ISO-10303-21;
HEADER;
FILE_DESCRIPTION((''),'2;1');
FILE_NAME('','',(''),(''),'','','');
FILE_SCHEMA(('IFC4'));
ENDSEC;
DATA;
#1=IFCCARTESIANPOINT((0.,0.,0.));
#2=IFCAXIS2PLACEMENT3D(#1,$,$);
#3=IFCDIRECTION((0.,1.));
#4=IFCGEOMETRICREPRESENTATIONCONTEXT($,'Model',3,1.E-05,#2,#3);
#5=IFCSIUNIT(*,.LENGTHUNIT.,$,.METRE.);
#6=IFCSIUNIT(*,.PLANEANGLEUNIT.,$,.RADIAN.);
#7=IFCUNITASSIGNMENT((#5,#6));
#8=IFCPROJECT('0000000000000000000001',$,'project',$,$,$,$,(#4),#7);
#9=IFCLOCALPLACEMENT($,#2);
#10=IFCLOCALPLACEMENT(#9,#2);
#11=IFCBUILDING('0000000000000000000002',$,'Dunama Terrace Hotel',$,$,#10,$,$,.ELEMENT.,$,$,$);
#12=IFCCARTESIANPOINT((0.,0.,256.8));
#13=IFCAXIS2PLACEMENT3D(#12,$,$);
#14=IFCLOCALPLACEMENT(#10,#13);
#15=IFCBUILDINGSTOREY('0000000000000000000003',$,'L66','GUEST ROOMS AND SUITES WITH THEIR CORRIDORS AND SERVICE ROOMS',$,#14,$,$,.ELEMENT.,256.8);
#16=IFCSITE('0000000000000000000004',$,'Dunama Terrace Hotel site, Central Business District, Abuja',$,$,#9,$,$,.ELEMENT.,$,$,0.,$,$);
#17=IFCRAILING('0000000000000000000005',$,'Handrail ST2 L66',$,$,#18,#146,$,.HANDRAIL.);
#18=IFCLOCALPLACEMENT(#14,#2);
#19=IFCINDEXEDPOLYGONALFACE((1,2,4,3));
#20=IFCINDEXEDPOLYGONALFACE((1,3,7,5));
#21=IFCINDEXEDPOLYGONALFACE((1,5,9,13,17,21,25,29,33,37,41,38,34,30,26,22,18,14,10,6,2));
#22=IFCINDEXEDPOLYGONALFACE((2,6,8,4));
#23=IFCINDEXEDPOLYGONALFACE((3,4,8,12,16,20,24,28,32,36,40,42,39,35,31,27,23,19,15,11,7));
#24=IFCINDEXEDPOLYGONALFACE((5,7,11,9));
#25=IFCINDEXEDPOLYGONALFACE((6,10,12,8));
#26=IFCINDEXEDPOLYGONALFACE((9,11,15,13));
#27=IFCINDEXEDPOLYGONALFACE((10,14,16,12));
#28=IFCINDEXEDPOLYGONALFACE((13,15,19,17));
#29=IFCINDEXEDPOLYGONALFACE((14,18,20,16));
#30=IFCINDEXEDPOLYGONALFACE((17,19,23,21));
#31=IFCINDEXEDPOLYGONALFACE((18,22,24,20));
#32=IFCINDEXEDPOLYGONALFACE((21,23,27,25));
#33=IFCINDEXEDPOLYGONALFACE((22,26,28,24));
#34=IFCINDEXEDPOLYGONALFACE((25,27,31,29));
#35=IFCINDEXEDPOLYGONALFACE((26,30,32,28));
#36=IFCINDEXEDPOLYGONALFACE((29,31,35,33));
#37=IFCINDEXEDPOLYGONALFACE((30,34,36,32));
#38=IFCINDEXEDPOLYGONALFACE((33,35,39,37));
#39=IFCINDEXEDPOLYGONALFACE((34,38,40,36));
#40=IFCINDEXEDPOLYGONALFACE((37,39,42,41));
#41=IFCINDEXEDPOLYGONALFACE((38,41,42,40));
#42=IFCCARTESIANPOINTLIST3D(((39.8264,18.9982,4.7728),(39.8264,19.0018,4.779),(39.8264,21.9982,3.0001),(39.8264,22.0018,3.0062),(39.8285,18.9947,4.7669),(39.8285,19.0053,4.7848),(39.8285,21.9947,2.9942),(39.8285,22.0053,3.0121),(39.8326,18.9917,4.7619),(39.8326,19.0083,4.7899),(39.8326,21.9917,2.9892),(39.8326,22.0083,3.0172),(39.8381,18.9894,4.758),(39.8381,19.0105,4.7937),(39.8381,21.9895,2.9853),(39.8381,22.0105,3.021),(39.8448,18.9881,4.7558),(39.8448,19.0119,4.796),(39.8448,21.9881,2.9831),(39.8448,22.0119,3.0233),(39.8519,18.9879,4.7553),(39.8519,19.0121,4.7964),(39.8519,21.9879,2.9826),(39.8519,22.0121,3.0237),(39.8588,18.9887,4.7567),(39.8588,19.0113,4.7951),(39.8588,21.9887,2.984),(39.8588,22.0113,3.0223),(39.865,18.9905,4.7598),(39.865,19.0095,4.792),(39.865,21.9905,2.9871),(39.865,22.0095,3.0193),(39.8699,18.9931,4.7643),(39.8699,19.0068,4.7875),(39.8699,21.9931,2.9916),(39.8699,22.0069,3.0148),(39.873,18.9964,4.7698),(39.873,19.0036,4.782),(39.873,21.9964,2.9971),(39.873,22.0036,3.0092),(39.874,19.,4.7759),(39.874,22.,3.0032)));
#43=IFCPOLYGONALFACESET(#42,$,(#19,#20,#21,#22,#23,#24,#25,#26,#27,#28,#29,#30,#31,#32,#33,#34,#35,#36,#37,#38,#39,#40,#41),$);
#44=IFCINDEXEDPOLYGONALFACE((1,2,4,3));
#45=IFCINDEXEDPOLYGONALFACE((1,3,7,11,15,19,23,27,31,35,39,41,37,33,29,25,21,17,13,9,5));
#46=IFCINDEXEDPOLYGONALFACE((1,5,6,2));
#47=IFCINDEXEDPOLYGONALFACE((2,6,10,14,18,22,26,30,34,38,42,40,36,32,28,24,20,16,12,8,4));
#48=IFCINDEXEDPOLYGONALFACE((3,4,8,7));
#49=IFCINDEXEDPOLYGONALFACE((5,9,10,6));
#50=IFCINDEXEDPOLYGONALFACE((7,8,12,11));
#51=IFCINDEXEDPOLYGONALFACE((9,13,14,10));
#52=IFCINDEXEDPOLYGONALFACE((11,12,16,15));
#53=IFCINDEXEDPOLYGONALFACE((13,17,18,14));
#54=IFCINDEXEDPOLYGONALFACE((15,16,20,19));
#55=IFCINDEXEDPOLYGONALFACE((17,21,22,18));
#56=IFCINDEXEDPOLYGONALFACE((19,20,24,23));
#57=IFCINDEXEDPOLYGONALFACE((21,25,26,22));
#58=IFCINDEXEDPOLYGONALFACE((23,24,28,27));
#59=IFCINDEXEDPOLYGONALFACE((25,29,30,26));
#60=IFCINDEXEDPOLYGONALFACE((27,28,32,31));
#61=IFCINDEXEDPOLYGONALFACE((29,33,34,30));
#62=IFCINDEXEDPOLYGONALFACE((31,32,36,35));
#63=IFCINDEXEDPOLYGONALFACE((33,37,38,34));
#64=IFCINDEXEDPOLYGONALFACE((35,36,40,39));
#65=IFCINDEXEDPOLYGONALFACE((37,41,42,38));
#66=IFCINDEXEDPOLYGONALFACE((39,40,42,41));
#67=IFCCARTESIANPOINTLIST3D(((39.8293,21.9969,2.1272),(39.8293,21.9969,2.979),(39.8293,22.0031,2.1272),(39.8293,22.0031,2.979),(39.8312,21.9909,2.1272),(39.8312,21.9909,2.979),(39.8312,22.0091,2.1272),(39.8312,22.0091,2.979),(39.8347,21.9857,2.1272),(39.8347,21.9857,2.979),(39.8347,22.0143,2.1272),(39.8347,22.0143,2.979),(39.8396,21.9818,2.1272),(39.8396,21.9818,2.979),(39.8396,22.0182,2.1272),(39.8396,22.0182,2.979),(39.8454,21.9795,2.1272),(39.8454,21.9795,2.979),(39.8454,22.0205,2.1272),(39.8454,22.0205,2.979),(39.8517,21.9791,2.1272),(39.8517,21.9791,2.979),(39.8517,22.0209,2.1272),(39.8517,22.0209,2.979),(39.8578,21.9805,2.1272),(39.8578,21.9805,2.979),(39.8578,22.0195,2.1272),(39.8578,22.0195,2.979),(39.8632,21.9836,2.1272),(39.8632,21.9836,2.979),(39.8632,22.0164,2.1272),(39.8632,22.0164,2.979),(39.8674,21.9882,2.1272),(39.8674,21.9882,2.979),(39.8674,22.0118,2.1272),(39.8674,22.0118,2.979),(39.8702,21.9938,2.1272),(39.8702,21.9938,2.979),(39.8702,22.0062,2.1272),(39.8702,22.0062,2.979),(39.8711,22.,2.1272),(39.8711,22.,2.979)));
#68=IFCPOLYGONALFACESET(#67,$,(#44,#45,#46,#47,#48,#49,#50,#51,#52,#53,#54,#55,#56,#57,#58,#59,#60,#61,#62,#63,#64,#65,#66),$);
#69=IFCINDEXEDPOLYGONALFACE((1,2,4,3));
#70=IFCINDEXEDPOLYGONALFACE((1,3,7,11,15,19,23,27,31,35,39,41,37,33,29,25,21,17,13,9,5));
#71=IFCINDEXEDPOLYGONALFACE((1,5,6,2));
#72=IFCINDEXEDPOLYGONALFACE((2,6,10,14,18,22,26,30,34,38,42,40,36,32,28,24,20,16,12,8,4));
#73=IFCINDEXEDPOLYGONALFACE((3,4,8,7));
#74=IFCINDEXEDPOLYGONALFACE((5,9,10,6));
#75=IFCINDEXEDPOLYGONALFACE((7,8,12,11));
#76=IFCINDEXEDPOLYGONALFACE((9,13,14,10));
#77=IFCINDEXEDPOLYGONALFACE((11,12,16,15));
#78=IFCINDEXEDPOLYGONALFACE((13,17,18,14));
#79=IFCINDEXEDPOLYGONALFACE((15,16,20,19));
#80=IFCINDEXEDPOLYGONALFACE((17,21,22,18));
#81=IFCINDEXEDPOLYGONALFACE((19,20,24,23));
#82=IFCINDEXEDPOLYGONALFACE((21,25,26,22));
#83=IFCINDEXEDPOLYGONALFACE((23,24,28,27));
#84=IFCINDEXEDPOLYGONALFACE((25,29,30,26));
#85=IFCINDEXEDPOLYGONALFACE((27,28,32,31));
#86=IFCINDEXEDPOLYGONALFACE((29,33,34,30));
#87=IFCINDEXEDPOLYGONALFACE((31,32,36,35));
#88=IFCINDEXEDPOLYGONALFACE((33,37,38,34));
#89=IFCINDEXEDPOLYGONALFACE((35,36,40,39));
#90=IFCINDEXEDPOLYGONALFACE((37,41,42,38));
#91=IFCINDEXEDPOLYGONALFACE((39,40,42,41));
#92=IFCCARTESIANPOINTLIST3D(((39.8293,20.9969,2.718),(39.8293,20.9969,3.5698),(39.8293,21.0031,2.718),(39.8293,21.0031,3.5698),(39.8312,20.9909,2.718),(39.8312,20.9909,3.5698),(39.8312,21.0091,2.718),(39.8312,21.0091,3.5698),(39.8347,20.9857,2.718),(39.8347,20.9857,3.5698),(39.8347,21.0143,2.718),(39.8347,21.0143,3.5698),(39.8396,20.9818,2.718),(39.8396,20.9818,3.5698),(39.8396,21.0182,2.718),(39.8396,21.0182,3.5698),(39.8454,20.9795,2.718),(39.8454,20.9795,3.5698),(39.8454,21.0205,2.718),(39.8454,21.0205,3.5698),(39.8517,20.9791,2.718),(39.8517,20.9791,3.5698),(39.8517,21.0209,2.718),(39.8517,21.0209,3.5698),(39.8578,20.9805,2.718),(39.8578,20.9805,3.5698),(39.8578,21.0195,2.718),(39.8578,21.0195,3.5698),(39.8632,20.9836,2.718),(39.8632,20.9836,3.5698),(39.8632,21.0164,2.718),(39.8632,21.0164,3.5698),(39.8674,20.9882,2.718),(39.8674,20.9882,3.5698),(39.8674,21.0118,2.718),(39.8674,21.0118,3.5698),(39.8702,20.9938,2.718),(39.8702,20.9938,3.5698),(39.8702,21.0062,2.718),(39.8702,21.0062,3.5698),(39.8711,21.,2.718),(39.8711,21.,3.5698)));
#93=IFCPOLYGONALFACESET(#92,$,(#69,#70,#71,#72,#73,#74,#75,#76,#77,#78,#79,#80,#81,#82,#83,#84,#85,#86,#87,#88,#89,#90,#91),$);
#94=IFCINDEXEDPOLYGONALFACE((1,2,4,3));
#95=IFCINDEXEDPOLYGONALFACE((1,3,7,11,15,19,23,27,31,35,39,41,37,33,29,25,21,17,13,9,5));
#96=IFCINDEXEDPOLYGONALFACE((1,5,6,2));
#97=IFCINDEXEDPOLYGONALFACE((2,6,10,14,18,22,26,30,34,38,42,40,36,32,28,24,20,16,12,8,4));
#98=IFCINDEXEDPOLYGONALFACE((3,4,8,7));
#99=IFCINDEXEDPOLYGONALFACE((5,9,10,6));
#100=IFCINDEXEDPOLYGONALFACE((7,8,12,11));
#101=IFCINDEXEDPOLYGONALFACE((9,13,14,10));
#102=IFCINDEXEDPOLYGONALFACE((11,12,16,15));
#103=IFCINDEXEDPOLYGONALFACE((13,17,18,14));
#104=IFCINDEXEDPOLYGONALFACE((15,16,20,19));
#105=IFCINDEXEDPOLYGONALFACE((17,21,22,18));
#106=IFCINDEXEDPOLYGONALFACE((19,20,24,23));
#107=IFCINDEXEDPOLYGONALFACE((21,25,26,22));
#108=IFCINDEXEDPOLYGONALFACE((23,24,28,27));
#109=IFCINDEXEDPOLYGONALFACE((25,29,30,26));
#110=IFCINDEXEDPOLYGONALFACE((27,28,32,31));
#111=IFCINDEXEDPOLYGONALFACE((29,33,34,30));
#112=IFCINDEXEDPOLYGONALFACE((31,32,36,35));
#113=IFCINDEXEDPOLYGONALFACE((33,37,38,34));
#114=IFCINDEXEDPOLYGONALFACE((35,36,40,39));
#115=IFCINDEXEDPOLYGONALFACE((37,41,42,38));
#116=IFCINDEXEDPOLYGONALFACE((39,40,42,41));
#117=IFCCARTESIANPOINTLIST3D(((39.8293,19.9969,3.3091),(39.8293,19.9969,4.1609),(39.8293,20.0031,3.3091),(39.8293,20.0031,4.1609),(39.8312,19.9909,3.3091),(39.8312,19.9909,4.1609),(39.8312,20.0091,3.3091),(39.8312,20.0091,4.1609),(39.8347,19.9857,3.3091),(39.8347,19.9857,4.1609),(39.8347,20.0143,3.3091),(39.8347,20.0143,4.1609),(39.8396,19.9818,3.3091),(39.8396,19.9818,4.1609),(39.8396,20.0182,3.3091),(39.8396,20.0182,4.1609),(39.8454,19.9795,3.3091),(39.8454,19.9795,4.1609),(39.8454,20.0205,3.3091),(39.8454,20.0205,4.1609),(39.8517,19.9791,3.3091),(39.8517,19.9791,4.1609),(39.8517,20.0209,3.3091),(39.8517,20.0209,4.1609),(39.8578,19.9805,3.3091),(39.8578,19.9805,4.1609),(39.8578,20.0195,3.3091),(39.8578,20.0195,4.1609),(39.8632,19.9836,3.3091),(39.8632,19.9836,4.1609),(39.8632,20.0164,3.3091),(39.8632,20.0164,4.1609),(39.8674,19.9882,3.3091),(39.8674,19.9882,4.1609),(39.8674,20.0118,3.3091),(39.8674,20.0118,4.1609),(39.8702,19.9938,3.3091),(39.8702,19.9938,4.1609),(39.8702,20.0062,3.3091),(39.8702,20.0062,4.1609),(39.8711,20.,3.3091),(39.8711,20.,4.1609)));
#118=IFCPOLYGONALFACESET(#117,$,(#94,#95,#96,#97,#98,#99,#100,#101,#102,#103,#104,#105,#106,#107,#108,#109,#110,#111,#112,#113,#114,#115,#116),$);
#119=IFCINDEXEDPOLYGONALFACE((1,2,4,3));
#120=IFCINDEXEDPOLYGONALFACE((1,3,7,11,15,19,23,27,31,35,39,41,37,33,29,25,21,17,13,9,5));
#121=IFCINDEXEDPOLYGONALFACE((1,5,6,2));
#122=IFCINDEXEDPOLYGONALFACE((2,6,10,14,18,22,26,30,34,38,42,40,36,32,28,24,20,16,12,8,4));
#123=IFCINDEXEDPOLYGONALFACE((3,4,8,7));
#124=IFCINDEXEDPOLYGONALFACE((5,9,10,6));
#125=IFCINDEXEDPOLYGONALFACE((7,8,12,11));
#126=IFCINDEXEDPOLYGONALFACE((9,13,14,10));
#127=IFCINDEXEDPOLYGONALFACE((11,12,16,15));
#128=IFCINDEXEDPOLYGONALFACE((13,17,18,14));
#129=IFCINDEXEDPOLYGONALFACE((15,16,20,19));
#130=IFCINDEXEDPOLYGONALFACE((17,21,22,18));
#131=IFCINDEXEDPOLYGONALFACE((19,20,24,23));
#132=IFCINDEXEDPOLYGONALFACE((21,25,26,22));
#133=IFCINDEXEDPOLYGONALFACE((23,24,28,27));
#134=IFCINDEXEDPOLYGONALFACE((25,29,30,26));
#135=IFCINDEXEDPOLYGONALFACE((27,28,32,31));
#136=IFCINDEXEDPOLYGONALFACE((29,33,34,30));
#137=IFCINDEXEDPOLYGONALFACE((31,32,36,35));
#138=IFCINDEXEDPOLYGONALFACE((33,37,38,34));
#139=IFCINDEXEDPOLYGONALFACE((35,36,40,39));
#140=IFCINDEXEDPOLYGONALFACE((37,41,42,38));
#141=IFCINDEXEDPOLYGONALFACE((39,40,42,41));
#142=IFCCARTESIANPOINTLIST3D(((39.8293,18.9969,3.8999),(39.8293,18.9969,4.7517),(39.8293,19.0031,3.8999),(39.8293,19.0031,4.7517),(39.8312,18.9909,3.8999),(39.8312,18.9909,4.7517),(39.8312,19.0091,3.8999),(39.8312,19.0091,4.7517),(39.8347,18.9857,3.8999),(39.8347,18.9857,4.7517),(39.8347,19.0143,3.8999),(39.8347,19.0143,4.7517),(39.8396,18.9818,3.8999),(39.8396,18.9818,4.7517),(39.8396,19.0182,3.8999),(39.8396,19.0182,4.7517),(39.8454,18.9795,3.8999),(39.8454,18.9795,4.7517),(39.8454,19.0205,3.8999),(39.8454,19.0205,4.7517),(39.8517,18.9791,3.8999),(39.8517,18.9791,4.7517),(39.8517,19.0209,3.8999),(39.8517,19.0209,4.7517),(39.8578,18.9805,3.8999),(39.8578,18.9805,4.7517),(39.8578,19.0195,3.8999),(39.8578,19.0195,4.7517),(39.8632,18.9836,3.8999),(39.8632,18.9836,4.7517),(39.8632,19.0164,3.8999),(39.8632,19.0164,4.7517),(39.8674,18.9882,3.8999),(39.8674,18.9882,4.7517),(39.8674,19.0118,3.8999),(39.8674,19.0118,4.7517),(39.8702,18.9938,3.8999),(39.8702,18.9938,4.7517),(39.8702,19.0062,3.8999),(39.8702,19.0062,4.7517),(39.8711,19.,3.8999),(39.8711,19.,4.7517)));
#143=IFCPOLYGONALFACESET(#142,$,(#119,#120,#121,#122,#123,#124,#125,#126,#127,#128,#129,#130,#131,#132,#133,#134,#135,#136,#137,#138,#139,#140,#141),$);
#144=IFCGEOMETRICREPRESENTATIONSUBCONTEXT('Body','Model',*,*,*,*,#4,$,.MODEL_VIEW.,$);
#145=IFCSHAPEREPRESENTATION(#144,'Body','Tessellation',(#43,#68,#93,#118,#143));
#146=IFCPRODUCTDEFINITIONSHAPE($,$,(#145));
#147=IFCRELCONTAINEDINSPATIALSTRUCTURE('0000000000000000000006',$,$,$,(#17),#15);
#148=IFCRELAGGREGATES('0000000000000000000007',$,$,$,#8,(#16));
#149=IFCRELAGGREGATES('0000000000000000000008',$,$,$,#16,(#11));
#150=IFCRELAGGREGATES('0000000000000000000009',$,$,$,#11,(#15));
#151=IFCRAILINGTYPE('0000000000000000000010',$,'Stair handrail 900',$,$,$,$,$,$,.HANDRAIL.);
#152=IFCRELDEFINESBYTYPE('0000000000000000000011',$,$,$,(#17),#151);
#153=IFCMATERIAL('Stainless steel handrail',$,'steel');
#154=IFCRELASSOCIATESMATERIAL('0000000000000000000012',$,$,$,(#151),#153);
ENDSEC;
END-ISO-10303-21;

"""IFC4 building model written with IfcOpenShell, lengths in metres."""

from ifc_helpers import new_model, si_unit, direction, frame, origin, origin_2d, place, context, subcontext, project, spatial, circle, extrude, material, type_object, element, save


model = new_model("IFC4")

# Units and contexts
model_context = context("Model", 3, precision=1e-05, world=origin(), true_north=direction((0.0, 1.0)))
body_context = subcontext(model_context, "Body", "Model", "MODEL_VIEW")
ifc_project = project(units=[si_unit("LENGTHUNIT", "METRE"), si_unit("PLANEANGLEUNIT", "RADIAN")], contexts=[model_context])

# Site, building, storey
site_placement = place(None, origin())
site = spatial("IfcSite", under=ifc_project, at=site_placement, Name="Dunama Terrace Hotel site, Central Business District, Abuja", CompositionType="ELEMENT", RefElevation=0.0)
building_placement = place(site_placement, origin())
building = spatial("IfcBuilding", under=site, at=building_placement, Name="Dunama Terrace Hotel", CompositionType="ELEMENT")
storey_placement = place(building_placement, frame((0.0, 0.0, 256.8)))
storey = spatial("IfcBuildingStorey", under=building, at=storey_placement, Name="L66", Description="GUEST ROOMS AND SUITES WITH THEIR CORRIDORS AND SERVICE ROOMS", CompositionType="ELEMENT", Elevation=256.8)

# Railing
ifc_material_1 = material(Name="Stainless steel handrail", Category="steel")
railing_type_1 = type_object("IfcRailingType", Name="Stair handrail 900", PredefinedType="HANDRAIL", material=ifc_material_1)
railing_1_placement = place(storey_placement, frame((39.8501, 22.0, 2.1272)))
element("IfcRailing", 1, at=railing_1_placement, inside=storey, type_object=railing_type_1, Name="Handrail ST2 L66", PredefinedType="HANDRAIL", context=body_context, shape_type="SweptSolid", body=[
    extrude(circle(Radius=0.0239, at=origin_2d()), frame((0.0, 0.0, 0.876), z_axis=(0.0, -0.860929, 0.508725), x_axis=(1.0, 0.0, 0.0)), (0.0, 0.0, 1.0), 3.4846),
    extrude(circle(Radius=0.021, at=origin_2d()), origin(), (0.0, 0.0, 1.0), 0.8518),
    extrude(circle(Radius=0.021, at=origin_2d()), frame((0.0, -1.0, 0.5908)), (0.0, 0.0, 1.0), 0.8518),
    extrude(circle(Radius=0.021, at=origin_2d()), frame((0.0, -2.0, 1.1819)), (0.0, 0.0, 1.0), 0.8518),
    extrude(circle(Radius=0.021, at=origin_2d()), frame((0.0, -3.0, 1.7727)), (0.0, 0.0, 1.0), 0.8518),
])

save(model, "model.ifc")
